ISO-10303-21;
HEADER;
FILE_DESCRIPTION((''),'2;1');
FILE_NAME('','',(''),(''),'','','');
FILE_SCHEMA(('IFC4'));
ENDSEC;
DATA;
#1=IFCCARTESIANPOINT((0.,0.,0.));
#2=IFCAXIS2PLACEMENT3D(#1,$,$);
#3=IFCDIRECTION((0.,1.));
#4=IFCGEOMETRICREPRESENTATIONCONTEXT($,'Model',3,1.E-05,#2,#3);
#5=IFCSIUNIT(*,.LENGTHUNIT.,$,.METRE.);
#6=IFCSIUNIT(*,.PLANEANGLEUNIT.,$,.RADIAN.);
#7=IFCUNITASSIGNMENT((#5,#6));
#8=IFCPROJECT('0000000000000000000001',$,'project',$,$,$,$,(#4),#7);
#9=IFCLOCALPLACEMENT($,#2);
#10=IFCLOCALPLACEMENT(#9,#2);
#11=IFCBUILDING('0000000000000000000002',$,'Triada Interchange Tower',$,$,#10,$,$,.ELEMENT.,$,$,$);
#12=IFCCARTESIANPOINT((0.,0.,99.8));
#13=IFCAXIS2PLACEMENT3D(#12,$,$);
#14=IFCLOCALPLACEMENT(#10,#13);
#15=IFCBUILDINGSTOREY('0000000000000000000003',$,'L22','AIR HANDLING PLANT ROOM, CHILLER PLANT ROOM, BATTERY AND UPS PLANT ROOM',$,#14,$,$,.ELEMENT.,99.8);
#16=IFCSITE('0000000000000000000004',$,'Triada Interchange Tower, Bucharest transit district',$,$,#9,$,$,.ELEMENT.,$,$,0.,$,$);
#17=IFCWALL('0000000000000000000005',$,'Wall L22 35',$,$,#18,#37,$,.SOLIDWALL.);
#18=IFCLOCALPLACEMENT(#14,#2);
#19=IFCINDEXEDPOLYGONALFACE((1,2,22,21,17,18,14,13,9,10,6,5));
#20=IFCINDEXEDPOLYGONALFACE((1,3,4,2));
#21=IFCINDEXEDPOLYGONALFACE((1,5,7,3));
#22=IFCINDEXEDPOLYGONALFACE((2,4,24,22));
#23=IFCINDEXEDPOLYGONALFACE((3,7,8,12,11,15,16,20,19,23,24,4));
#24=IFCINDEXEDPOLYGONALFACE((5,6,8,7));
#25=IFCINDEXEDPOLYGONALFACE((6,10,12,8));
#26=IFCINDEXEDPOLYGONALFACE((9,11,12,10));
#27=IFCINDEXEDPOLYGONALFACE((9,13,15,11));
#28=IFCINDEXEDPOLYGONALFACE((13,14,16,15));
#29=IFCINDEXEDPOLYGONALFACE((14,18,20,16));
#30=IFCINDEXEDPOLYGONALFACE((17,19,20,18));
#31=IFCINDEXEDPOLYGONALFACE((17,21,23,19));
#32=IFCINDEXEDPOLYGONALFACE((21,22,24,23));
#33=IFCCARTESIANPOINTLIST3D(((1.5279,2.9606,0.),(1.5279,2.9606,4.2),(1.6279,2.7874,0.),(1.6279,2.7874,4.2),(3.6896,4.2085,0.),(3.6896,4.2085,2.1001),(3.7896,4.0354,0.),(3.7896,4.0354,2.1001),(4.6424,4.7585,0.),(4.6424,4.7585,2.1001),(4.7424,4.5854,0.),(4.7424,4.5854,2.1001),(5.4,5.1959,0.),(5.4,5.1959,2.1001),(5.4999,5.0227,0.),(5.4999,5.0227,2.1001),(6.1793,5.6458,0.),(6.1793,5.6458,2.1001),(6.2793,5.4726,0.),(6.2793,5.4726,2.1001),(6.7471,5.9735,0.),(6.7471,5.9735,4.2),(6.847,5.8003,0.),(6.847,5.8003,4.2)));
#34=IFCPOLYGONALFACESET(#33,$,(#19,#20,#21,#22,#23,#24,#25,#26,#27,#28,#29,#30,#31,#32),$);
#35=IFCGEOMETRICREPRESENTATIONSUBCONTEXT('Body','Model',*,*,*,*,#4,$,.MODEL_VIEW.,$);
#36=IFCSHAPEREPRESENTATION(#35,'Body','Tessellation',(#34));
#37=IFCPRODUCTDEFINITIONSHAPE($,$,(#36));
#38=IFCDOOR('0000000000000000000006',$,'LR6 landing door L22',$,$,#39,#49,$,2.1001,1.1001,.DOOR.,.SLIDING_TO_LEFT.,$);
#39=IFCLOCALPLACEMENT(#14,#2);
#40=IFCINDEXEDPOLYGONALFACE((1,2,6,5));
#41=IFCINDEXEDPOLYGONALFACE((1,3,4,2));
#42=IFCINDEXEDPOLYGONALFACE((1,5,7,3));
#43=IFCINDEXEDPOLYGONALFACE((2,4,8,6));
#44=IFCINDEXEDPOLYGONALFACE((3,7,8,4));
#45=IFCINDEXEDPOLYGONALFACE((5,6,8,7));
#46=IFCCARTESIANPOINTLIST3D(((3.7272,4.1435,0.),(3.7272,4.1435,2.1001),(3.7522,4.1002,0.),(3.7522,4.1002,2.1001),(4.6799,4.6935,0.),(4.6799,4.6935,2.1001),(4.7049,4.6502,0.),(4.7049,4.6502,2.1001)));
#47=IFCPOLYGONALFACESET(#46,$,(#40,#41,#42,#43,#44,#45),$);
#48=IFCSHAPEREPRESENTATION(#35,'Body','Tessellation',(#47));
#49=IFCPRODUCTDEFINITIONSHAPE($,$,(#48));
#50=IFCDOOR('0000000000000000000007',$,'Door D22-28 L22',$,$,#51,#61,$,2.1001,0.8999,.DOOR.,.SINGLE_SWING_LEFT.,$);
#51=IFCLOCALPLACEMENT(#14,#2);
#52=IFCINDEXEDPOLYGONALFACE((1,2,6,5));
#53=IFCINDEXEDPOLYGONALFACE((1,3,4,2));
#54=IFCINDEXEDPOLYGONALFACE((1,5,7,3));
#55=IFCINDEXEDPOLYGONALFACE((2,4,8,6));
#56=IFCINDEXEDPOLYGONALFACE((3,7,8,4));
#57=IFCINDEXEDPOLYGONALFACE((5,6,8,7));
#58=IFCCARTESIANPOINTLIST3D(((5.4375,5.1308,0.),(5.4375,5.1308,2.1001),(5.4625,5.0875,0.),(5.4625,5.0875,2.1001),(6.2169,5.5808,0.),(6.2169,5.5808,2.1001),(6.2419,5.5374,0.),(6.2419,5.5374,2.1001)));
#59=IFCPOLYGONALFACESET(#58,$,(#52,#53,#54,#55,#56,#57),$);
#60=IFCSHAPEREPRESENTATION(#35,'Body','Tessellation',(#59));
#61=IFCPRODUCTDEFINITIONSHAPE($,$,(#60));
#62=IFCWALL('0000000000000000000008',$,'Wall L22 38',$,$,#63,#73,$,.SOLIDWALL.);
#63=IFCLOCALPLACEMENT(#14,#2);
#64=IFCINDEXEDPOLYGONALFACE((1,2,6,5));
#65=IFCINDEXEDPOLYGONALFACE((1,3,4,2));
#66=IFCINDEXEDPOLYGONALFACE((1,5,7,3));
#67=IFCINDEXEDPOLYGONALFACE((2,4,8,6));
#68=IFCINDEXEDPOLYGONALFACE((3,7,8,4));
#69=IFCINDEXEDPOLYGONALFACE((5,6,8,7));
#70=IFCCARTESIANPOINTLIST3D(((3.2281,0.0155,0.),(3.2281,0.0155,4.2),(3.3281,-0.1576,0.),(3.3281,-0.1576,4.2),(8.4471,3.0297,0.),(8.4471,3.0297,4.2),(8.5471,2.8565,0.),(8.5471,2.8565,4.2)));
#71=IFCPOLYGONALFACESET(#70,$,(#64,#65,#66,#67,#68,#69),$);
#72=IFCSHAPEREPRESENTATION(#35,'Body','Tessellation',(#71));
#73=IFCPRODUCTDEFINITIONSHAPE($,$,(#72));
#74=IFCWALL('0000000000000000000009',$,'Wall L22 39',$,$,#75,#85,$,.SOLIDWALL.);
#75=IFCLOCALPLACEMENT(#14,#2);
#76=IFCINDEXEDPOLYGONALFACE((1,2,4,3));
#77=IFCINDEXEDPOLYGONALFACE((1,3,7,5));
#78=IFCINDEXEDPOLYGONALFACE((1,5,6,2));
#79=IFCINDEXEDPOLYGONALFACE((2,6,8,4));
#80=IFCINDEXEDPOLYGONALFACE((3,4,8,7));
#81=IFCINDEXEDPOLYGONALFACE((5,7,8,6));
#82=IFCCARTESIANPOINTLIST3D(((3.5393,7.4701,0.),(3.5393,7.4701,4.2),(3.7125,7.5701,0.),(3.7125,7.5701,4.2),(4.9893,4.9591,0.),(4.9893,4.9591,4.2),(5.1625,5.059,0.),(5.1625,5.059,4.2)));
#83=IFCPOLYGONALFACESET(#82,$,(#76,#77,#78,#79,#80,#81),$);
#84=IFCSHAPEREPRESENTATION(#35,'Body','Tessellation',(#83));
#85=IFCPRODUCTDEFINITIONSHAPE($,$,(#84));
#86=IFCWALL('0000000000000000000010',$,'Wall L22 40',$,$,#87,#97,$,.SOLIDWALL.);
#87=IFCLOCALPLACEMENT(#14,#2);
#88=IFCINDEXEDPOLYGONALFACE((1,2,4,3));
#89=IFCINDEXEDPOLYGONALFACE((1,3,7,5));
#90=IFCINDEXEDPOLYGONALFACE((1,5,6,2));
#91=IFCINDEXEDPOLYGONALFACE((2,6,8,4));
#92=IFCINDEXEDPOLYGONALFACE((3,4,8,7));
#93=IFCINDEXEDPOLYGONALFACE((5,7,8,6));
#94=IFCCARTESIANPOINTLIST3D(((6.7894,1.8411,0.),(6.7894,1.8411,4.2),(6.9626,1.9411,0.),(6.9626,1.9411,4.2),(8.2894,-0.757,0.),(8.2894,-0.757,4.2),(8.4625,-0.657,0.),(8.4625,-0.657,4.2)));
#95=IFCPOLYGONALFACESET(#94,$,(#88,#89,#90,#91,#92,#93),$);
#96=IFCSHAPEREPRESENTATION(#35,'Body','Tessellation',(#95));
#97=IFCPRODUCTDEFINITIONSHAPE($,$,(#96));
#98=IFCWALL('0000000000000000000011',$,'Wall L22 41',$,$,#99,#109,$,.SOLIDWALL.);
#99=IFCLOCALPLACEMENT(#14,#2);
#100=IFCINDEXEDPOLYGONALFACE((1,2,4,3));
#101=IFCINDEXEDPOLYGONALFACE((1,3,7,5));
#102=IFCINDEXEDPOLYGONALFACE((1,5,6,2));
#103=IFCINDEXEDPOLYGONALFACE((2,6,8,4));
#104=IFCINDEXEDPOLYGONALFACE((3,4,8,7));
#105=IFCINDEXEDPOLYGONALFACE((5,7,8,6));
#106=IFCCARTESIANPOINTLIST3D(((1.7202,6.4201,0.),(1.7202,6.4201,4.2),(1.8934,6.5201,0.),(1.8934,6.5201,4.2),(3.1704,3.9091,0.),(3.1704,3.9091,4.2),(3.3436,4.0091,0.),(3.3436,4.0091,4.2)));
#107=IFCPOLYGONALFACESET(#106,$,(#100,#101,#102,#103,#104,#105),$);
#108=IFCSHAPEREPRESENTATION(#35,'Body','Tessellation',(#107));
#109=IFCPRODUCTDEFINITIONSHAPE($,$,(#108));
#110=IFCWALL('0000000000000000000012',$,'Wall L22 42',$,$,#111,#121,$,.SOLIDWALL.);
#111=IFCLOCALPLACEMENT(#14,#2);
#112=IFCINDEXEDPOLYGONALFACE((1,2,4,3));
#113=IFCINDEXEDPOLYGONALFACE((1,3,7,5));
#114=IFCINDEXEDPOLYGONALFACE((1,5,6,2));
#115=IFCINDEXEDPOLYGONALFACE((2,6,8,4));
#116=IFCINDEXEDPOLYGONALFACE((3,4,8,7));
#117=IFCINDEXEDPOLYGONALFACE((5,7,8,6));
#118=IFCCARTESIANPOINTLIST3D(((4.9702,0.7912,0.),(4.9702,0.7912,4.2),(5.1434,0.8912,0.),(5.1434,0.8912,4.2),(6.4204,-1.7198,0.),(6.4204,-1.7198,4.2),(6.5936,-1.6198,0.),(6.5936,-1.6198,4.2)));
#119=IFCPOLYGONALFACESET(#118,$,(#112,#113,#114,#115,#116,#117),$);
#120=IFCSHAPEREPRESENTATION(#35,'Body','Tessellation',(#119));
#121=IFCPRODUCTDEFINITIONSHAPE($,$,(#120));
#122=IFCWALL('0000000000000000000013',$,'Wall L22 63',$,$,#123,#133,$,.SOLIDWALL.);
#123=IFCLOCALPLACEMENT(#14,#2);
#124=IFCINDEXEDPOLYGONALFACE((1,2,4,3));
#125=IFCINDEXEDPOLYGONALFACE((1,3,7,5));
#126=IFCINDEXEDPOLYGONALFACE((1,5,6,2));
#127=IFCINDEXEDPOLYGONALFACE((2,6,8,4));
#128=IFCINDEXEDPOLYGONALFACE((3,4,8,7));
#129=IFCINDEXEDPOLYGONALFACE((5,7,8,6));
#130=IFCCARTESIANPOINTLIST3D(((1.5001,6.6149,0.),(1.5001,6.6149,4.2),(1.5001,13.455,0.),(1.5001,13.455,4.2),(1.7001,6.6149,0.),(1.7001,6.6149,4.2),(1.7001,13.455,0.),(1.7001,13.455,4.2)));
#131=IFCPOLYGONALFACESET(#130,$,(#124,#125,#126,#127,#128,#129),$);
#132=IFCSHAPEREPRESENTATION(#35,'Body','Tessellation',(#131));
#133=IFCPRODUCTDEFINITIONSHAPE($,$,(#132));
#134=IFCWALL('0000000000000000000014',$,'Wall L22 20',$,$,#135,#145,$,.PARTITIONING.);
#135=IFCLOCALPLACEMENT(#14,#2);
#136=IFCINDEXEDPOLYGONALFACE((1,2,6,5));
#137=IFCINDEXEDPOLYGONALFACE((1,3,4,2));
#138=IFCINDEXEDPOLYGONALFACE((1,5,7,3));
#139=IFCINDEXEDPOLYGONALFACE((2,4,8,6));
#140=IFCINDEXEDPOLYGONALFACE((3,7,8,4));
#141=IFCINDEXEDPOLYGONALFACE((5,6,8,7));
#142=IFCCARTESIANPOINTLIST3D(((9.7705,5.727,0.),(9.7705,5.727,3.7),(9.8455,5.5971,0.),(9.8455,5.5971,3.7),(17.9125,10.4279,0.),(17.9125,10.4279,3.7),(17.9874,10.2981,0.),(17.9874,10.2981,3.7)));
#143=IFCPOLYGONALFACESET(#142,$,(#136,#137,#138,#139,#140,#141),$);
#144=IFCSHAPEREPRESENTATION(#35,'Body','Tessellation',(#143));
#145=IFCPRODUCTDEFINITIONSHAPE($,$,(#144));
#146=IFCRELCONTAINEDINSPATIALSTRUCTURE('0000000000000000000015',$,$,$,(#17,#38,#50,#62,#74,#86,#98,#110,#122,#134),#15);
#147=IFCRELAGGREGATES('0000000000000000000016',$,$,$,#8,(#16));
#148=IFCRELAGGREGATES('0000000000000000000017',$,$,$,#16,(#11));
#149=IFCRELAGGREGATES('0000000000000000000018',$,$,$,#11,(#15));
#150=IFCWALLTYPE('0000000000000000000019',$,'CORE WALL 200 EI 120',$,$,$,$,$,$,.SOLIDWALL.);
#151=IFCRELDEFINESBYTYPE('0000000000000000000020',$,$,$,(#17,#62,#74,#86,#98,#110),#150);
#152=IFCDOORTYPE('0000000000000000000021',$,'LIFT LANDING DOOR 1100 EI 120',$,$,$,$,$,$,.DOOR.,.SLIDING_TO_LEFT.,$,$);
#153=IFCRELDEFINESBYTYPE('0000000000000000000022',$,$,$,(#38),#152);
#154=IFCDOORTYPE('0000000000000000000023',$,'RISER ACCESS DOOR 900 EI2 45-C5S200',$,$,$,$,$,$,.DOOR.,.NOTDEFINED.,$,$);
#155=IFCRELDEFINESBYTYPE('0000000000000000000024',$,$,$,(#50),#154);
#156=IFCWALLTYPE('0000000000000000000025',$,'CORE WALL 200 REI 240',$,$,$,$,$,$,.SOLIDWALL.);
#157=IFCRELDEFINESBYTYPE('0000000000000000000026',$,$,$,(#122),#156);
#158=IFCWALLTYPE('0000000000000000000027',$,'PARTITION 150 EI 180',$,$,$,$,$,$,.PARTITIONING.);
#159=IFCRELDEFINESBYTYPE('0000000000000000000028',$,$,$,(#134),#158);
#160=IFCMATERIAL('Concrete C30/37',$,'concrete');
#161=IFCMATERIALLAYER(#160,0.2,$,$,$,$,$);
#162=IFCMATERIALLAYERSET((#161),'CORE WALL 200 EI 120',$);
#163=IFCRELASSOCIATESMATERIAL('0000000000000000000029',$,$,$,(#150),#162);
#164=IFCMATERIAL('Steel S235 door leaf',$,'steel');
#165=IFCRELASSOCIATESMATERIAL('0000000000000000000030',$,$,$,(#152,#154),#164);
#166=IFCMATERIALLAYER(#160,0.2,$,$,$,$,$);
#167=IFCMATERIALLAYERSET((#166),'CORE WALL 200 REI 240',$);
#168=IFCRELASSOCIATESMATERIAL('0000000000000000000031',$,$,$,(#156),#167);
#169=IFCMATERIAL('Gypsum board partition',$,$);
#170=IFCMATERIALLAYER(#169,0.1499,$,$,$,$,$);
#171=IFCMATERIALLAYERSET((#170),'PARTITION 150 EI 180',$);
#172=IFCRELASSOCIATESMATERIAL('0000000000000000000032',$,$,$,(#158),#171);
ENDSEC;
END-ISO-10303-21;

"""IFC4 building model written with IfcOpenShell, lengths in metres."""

from ifc_helpers import new_model, si_unit, direction, frame, frame_2d, origin, place, context, subcontext, project, spatial, rectangle, extrude, material, layer, layer_set, type_object, element, fill, save


model = new_model("IFC4")

# Units and contexts
model_context = context("Model", 3, precision=1e-05, world=origin(), true_north=direction((0.0, 1.0)))
body_context = subcontext(model_context, "Body", "Model", "MODEL_VIEW")
ifc_project = project(units=[si_unit("LENGTHUNIT", "METRE"), si_unit("PLANEANGLEUNIT", "RADIAN")], contexts=[model_context])

# Site, building, storey
site_placement = place(None, origin())
site = spatial("IfcSite", under=ifc_project, at=site_placement, Name="Triada Interchange Tower, Bucharest transit district", CompositionType="ELEMENT", RefElevation=0.0)
building_placement = place(site_placement, origin())
building = spatial("IfcBuilding", under=site, at=building_placement, Name="Triada Interchange Tower", CompositionType="ELEMENT")
storey_placement = place(building_placement, frame((0.0, 0.0, 99.8)))
storey = spatial("IfcBuildingStorey", under=building, at=storey_placement, Name="L22", Description="AIR HANDLING PLANT ROOM, CHILLER PLANT ROOM, BATTERY AND UPS PLANT ROOM", CompositionType="ELEMENT", Elevation=99.8)

# Shared definitions
ifc_material_1 = material(Name="Concrete C30/37", Category="concrete")
ifc_layer_1 = layer(ifc_material_1, 0.2)
ifc_layer_set_1 = layer_set([ifc_layer_1], Name="CORE WALL 200 EI 120")
wall_type_1 = type_object("IfcWallType", Name="CORE WALL 200 EI 120", PredefinedType="SOLIDWALL", material=ifc_layer_set_1)

# Wall, openings, doors
wall_1_placement = place(storey_placement, frame((1.5779, 2.874, 0.0), z_axis=(0.0, 0.0, 1.0), x_axis=(0.866053, 0.499952, 0.0)))
wall_1 = element("IfcWall", 1, at=wall_1_placement, inside=storey, type_object=wall_type_1, Name="Wall L22 35", PredefinedType="SOLIDWALL", context=body_context, shape_type="SweptSolid", body=[
    extrude(rectangle(XDim=6.0264, YDim=0.2, at=frame_2d((3.0132, 0.0))), origin(), (0.0, 0.0, 1.0), 4.2),
])
opening_1_placement = place(wall_1_placement, frame((2.4961, 0.0, 0.0)))
opening_1 = element("IfcOpeningElement", 2, at=opening_1_placement, cuts=wall_1, PredefinedType="OPENING", context=body_context, shape_type="SweptSolid", body=[
    extrude(rectangle(XDim=1.1001, YDim=2.1001, at=frame_2d((0.55, 1.05))), frame((0.0, 0.1099, 0.0), z_axis=(0.0, -1.0, 0.0), x_axis=(1.0, 0.0, 0.0)), (0.0, 0.0, 1.0), 0.22),
])
opening_2_placement = place(wall_1_placement, frame((4.4709, 0.0, 0.0)))
opening_2 = element("IfcOpeningElement", 3, at=opening_2_placement, cuts=wall_1, PredefinedType="OPENING", context=body_context, shape_type="SweptSolid", body=[
    extrude(rectangle(XDim=0.8999, YDim=2.1001, at=frame_2d((0.45, 1.05))), frame((0.0, 0.1099, 0.0), z_axis=(0.0, -1.0, 0.0), x_axis=(1.0, 0.0, 0.0)), (0.0, 0.0, 1.0), 0.22),
])
ifc_material_2 = material(Name="Steel S235 door leaf", Category="steel")
door_type_1 = type_object("IfcDoorType", Name="LIFT LANDING DOOR 1100 EI 120", OperationType="SLIDING_TO_LEFT", PredefinedType="DOOR", material=ifc_material_2)
door_1_placement = place(opening_1_placement, origin())
door_1 = element("IfcDoor", 4, at=door_1_placement, inside=storey, type_object=door_type_1, Name="LR6 landing door L22", OperationType="SLIDING_TO_LEFT", OverallHeight=2.1001, OverallWidth=1.1001, PredefinedType="DOOR", context=body_context, shape_type="SweptSolid", body=[
    extrude(rectangle(XDim=1.1001, YDim=2.1001, at=frame_2d((0.55, 1.05))), frame((0.0, 0.0249, 0.0), z_axis=(0.0, -1.0, 0.0), x_axis=(1.0, 0.0, 0.0)), (0.0, 0.0, 1.0), 0.05),
])
fill(opening_1, door_1)
door_type_2 = type_object("IfcDoorType", Name="RISER ACCESS DOOR 900 EI2 45-C5S200", OperationType="NOTDEFINED", PredefinedType="DOOR", material=ifc_material_2)
door_2_placement = place(opening_2_placement, origin())
door_2 = element("IfcDoor", 5, at=door_2_placement, inside=storey, type_object=door_type_2, Name="Door D22-28 L22", OperationType="SINGLE_SWING_LEFT", OverallHeight=2.1001, OverallWidth=0.8999, PredefinedType="DOOR", context=body_context, shape_type="SweptSolid", body=[
    extrude(rectangle(XDim=0.8999, YDim=2.1001, at=frame_2d((0.45, 1.05))), frame((0.0, 0.0249, 0.0), z_axis=(0.0, -1.0, 0.0), x_axis=(1.0, 0.0, 0.0)), (0.0, 0.0, 1.0), 0.05),
])
fill(opening_2, door_2)

# Walls
wall_2_placement = place(storey_placement, frame((3.2781, -0.071, 0.0), z_axis=(0.0, 0.0, 1.0), x_axis=(0.865956, 0.500121, 0.0)))
element("IfcWall", 6, at=wall_2_placement, inside=storey, type_object=wall_type_1, Name="Wall L22 38", PredefinedType="SOLIDWALL", context=body_context, shape_type="SweptSolid", body=[
    extrude(rectangle(XDim=6.0269, YDim=0.2, at=frame_2d((3.0134, 0.0))), origin(), (0.0, 0.0, 1.0), 4.2),
])
wall_3_placement = place(storey_placement, frame((3.626, 7.52, 0.0), z_axis=(0.0, 0.0, 1.0), x_axis=(0.50006, -0.865991, 0.0)))
element("IfcWall", 7, at=wall_3_placement, inside=storey, type_object=wall_type_1, Name="Wall L22 39", PredefinedType="SOLIDWALL", context=body_context, shape_type="SweptSolid", body=[
    extrude(rectangle(XDim=2.8997, YDim=0.2, at=frame_2d((1.4497, 0.0))), origin(), (0.0, 0.0, 1.0), 4.2),
])
wall_4_placement = place(storey_placement, frame((6.876, 1.8911, 0.0), z_axis=(0.0, 0.0, 1.0), x_axis=(0.49999, -0.866031, 0.0)))
element("IfcWall", 8, at=wall_4_placement, inside=storey, type_object=wall_type_1, Name="Wall L22 40", PredefinedType="SOLIDWALL", context=body_context, shape_type="SweptSolid", body=[
    extrude(rectangle(XDim=3.0, YDim=0.2, at=frame_2d((1.5, 0.0))), origin(), (0.0, 0.0, 1.0), 4.2),
])
for number, where, z_axis, x_axis, name in (
    (9, (1.8069, 6.47, 0.0), (0.0, 0.0, 1.0), (0.500123, -0.865954, 0.0), "Wall L22 41"),
    (10, (5.0569, 0.8411, 0.0), (0.0, 0.0, 1.0), (0.500123, -0.865954, 0.0), "Wall L22 42"),
):
    element("IfcWall", number, at=place(storey_placement, frame(where, z_axis=z_axis, x_axis=x_axis)), inside=storey, type_object=wall_type_1, Name=name, PredefinedType="SOLIDWALL", context=body_context, shape_type="SweptSolid", body=[
        extrude(rectangle(XDim=2.8997, YDim=0.2, at=frame_2d((1.4497, 0.0))), origin(), (0.0, 0.0, 1.0), 4.2),
    ])
ifc_layer_2 = layer(ifc_material_1, 0.2)
ifc_layer_set_2 = layer_set([ifc_layer_2], Name="CORE WALL 200 REI 240")
wall_type_2 = type_object("IfcWallType", Name="CORE WALL 200 REI 240", PredefinedType="SOLIDWALL", material=ifc_layer_set_2)
wall_5_placement = place(storey_placement, frame((1.6001, 6.615, 0.0), z_axis=(0.0, 0.0, 1.0), x_axis=(0.0, 1.0, 0.0)))
element("IfcWall", 11, at=wall_5_placement, inside=storey, type_object=wall_type_2, Name="Wall L22 63", PredefinedType="SOLIDWALL", context=body_context, shape_type="SweptSolid", body=[
    extrude(rectangle(XDim=6.8401, YDim=0.2, at=frame_2d((3.4199, 0.0))), origin(), (0.0, 0.0, 1.0), 4.2),
])
ifc_material_3 = material(Name="Gypsum board partition")
ifc_layer_3 = layer(ifc_material_3, 0.1499)
ifc_layer_set_3 = layer_set([ifc_layer_3], Name="PARTITION 150 EI 180")
wall_type_3 = type_object("IfcWallType", Name="PARTITION 150 EI 180", PredefinedType="PARTITIONING", material=ifc_layer_set_3)
wall_6_placement = place(storey_placement, frame((9.8081, 5.6621, 0.0), z_axis=(0.0, 0.0, 1.0), x_axis=(0.866015, 0.500018, 0.0)))
element("IfcWall", 12, at=wall_6_placement, inside=storey, type_object=wall_type_3, Name="Wall L22 20", PredefinedType="PARTITIONING", context=body_context, shape_type="SweptSolid", body=[
    extrude(rectangle(XDim=9.4016, YDim=0.1499, at=frame_2d((4.7007, 0.0))), origin(), (0.0, 0.0, 1.0), 3.7),
])

save(model, "model.ifc")
